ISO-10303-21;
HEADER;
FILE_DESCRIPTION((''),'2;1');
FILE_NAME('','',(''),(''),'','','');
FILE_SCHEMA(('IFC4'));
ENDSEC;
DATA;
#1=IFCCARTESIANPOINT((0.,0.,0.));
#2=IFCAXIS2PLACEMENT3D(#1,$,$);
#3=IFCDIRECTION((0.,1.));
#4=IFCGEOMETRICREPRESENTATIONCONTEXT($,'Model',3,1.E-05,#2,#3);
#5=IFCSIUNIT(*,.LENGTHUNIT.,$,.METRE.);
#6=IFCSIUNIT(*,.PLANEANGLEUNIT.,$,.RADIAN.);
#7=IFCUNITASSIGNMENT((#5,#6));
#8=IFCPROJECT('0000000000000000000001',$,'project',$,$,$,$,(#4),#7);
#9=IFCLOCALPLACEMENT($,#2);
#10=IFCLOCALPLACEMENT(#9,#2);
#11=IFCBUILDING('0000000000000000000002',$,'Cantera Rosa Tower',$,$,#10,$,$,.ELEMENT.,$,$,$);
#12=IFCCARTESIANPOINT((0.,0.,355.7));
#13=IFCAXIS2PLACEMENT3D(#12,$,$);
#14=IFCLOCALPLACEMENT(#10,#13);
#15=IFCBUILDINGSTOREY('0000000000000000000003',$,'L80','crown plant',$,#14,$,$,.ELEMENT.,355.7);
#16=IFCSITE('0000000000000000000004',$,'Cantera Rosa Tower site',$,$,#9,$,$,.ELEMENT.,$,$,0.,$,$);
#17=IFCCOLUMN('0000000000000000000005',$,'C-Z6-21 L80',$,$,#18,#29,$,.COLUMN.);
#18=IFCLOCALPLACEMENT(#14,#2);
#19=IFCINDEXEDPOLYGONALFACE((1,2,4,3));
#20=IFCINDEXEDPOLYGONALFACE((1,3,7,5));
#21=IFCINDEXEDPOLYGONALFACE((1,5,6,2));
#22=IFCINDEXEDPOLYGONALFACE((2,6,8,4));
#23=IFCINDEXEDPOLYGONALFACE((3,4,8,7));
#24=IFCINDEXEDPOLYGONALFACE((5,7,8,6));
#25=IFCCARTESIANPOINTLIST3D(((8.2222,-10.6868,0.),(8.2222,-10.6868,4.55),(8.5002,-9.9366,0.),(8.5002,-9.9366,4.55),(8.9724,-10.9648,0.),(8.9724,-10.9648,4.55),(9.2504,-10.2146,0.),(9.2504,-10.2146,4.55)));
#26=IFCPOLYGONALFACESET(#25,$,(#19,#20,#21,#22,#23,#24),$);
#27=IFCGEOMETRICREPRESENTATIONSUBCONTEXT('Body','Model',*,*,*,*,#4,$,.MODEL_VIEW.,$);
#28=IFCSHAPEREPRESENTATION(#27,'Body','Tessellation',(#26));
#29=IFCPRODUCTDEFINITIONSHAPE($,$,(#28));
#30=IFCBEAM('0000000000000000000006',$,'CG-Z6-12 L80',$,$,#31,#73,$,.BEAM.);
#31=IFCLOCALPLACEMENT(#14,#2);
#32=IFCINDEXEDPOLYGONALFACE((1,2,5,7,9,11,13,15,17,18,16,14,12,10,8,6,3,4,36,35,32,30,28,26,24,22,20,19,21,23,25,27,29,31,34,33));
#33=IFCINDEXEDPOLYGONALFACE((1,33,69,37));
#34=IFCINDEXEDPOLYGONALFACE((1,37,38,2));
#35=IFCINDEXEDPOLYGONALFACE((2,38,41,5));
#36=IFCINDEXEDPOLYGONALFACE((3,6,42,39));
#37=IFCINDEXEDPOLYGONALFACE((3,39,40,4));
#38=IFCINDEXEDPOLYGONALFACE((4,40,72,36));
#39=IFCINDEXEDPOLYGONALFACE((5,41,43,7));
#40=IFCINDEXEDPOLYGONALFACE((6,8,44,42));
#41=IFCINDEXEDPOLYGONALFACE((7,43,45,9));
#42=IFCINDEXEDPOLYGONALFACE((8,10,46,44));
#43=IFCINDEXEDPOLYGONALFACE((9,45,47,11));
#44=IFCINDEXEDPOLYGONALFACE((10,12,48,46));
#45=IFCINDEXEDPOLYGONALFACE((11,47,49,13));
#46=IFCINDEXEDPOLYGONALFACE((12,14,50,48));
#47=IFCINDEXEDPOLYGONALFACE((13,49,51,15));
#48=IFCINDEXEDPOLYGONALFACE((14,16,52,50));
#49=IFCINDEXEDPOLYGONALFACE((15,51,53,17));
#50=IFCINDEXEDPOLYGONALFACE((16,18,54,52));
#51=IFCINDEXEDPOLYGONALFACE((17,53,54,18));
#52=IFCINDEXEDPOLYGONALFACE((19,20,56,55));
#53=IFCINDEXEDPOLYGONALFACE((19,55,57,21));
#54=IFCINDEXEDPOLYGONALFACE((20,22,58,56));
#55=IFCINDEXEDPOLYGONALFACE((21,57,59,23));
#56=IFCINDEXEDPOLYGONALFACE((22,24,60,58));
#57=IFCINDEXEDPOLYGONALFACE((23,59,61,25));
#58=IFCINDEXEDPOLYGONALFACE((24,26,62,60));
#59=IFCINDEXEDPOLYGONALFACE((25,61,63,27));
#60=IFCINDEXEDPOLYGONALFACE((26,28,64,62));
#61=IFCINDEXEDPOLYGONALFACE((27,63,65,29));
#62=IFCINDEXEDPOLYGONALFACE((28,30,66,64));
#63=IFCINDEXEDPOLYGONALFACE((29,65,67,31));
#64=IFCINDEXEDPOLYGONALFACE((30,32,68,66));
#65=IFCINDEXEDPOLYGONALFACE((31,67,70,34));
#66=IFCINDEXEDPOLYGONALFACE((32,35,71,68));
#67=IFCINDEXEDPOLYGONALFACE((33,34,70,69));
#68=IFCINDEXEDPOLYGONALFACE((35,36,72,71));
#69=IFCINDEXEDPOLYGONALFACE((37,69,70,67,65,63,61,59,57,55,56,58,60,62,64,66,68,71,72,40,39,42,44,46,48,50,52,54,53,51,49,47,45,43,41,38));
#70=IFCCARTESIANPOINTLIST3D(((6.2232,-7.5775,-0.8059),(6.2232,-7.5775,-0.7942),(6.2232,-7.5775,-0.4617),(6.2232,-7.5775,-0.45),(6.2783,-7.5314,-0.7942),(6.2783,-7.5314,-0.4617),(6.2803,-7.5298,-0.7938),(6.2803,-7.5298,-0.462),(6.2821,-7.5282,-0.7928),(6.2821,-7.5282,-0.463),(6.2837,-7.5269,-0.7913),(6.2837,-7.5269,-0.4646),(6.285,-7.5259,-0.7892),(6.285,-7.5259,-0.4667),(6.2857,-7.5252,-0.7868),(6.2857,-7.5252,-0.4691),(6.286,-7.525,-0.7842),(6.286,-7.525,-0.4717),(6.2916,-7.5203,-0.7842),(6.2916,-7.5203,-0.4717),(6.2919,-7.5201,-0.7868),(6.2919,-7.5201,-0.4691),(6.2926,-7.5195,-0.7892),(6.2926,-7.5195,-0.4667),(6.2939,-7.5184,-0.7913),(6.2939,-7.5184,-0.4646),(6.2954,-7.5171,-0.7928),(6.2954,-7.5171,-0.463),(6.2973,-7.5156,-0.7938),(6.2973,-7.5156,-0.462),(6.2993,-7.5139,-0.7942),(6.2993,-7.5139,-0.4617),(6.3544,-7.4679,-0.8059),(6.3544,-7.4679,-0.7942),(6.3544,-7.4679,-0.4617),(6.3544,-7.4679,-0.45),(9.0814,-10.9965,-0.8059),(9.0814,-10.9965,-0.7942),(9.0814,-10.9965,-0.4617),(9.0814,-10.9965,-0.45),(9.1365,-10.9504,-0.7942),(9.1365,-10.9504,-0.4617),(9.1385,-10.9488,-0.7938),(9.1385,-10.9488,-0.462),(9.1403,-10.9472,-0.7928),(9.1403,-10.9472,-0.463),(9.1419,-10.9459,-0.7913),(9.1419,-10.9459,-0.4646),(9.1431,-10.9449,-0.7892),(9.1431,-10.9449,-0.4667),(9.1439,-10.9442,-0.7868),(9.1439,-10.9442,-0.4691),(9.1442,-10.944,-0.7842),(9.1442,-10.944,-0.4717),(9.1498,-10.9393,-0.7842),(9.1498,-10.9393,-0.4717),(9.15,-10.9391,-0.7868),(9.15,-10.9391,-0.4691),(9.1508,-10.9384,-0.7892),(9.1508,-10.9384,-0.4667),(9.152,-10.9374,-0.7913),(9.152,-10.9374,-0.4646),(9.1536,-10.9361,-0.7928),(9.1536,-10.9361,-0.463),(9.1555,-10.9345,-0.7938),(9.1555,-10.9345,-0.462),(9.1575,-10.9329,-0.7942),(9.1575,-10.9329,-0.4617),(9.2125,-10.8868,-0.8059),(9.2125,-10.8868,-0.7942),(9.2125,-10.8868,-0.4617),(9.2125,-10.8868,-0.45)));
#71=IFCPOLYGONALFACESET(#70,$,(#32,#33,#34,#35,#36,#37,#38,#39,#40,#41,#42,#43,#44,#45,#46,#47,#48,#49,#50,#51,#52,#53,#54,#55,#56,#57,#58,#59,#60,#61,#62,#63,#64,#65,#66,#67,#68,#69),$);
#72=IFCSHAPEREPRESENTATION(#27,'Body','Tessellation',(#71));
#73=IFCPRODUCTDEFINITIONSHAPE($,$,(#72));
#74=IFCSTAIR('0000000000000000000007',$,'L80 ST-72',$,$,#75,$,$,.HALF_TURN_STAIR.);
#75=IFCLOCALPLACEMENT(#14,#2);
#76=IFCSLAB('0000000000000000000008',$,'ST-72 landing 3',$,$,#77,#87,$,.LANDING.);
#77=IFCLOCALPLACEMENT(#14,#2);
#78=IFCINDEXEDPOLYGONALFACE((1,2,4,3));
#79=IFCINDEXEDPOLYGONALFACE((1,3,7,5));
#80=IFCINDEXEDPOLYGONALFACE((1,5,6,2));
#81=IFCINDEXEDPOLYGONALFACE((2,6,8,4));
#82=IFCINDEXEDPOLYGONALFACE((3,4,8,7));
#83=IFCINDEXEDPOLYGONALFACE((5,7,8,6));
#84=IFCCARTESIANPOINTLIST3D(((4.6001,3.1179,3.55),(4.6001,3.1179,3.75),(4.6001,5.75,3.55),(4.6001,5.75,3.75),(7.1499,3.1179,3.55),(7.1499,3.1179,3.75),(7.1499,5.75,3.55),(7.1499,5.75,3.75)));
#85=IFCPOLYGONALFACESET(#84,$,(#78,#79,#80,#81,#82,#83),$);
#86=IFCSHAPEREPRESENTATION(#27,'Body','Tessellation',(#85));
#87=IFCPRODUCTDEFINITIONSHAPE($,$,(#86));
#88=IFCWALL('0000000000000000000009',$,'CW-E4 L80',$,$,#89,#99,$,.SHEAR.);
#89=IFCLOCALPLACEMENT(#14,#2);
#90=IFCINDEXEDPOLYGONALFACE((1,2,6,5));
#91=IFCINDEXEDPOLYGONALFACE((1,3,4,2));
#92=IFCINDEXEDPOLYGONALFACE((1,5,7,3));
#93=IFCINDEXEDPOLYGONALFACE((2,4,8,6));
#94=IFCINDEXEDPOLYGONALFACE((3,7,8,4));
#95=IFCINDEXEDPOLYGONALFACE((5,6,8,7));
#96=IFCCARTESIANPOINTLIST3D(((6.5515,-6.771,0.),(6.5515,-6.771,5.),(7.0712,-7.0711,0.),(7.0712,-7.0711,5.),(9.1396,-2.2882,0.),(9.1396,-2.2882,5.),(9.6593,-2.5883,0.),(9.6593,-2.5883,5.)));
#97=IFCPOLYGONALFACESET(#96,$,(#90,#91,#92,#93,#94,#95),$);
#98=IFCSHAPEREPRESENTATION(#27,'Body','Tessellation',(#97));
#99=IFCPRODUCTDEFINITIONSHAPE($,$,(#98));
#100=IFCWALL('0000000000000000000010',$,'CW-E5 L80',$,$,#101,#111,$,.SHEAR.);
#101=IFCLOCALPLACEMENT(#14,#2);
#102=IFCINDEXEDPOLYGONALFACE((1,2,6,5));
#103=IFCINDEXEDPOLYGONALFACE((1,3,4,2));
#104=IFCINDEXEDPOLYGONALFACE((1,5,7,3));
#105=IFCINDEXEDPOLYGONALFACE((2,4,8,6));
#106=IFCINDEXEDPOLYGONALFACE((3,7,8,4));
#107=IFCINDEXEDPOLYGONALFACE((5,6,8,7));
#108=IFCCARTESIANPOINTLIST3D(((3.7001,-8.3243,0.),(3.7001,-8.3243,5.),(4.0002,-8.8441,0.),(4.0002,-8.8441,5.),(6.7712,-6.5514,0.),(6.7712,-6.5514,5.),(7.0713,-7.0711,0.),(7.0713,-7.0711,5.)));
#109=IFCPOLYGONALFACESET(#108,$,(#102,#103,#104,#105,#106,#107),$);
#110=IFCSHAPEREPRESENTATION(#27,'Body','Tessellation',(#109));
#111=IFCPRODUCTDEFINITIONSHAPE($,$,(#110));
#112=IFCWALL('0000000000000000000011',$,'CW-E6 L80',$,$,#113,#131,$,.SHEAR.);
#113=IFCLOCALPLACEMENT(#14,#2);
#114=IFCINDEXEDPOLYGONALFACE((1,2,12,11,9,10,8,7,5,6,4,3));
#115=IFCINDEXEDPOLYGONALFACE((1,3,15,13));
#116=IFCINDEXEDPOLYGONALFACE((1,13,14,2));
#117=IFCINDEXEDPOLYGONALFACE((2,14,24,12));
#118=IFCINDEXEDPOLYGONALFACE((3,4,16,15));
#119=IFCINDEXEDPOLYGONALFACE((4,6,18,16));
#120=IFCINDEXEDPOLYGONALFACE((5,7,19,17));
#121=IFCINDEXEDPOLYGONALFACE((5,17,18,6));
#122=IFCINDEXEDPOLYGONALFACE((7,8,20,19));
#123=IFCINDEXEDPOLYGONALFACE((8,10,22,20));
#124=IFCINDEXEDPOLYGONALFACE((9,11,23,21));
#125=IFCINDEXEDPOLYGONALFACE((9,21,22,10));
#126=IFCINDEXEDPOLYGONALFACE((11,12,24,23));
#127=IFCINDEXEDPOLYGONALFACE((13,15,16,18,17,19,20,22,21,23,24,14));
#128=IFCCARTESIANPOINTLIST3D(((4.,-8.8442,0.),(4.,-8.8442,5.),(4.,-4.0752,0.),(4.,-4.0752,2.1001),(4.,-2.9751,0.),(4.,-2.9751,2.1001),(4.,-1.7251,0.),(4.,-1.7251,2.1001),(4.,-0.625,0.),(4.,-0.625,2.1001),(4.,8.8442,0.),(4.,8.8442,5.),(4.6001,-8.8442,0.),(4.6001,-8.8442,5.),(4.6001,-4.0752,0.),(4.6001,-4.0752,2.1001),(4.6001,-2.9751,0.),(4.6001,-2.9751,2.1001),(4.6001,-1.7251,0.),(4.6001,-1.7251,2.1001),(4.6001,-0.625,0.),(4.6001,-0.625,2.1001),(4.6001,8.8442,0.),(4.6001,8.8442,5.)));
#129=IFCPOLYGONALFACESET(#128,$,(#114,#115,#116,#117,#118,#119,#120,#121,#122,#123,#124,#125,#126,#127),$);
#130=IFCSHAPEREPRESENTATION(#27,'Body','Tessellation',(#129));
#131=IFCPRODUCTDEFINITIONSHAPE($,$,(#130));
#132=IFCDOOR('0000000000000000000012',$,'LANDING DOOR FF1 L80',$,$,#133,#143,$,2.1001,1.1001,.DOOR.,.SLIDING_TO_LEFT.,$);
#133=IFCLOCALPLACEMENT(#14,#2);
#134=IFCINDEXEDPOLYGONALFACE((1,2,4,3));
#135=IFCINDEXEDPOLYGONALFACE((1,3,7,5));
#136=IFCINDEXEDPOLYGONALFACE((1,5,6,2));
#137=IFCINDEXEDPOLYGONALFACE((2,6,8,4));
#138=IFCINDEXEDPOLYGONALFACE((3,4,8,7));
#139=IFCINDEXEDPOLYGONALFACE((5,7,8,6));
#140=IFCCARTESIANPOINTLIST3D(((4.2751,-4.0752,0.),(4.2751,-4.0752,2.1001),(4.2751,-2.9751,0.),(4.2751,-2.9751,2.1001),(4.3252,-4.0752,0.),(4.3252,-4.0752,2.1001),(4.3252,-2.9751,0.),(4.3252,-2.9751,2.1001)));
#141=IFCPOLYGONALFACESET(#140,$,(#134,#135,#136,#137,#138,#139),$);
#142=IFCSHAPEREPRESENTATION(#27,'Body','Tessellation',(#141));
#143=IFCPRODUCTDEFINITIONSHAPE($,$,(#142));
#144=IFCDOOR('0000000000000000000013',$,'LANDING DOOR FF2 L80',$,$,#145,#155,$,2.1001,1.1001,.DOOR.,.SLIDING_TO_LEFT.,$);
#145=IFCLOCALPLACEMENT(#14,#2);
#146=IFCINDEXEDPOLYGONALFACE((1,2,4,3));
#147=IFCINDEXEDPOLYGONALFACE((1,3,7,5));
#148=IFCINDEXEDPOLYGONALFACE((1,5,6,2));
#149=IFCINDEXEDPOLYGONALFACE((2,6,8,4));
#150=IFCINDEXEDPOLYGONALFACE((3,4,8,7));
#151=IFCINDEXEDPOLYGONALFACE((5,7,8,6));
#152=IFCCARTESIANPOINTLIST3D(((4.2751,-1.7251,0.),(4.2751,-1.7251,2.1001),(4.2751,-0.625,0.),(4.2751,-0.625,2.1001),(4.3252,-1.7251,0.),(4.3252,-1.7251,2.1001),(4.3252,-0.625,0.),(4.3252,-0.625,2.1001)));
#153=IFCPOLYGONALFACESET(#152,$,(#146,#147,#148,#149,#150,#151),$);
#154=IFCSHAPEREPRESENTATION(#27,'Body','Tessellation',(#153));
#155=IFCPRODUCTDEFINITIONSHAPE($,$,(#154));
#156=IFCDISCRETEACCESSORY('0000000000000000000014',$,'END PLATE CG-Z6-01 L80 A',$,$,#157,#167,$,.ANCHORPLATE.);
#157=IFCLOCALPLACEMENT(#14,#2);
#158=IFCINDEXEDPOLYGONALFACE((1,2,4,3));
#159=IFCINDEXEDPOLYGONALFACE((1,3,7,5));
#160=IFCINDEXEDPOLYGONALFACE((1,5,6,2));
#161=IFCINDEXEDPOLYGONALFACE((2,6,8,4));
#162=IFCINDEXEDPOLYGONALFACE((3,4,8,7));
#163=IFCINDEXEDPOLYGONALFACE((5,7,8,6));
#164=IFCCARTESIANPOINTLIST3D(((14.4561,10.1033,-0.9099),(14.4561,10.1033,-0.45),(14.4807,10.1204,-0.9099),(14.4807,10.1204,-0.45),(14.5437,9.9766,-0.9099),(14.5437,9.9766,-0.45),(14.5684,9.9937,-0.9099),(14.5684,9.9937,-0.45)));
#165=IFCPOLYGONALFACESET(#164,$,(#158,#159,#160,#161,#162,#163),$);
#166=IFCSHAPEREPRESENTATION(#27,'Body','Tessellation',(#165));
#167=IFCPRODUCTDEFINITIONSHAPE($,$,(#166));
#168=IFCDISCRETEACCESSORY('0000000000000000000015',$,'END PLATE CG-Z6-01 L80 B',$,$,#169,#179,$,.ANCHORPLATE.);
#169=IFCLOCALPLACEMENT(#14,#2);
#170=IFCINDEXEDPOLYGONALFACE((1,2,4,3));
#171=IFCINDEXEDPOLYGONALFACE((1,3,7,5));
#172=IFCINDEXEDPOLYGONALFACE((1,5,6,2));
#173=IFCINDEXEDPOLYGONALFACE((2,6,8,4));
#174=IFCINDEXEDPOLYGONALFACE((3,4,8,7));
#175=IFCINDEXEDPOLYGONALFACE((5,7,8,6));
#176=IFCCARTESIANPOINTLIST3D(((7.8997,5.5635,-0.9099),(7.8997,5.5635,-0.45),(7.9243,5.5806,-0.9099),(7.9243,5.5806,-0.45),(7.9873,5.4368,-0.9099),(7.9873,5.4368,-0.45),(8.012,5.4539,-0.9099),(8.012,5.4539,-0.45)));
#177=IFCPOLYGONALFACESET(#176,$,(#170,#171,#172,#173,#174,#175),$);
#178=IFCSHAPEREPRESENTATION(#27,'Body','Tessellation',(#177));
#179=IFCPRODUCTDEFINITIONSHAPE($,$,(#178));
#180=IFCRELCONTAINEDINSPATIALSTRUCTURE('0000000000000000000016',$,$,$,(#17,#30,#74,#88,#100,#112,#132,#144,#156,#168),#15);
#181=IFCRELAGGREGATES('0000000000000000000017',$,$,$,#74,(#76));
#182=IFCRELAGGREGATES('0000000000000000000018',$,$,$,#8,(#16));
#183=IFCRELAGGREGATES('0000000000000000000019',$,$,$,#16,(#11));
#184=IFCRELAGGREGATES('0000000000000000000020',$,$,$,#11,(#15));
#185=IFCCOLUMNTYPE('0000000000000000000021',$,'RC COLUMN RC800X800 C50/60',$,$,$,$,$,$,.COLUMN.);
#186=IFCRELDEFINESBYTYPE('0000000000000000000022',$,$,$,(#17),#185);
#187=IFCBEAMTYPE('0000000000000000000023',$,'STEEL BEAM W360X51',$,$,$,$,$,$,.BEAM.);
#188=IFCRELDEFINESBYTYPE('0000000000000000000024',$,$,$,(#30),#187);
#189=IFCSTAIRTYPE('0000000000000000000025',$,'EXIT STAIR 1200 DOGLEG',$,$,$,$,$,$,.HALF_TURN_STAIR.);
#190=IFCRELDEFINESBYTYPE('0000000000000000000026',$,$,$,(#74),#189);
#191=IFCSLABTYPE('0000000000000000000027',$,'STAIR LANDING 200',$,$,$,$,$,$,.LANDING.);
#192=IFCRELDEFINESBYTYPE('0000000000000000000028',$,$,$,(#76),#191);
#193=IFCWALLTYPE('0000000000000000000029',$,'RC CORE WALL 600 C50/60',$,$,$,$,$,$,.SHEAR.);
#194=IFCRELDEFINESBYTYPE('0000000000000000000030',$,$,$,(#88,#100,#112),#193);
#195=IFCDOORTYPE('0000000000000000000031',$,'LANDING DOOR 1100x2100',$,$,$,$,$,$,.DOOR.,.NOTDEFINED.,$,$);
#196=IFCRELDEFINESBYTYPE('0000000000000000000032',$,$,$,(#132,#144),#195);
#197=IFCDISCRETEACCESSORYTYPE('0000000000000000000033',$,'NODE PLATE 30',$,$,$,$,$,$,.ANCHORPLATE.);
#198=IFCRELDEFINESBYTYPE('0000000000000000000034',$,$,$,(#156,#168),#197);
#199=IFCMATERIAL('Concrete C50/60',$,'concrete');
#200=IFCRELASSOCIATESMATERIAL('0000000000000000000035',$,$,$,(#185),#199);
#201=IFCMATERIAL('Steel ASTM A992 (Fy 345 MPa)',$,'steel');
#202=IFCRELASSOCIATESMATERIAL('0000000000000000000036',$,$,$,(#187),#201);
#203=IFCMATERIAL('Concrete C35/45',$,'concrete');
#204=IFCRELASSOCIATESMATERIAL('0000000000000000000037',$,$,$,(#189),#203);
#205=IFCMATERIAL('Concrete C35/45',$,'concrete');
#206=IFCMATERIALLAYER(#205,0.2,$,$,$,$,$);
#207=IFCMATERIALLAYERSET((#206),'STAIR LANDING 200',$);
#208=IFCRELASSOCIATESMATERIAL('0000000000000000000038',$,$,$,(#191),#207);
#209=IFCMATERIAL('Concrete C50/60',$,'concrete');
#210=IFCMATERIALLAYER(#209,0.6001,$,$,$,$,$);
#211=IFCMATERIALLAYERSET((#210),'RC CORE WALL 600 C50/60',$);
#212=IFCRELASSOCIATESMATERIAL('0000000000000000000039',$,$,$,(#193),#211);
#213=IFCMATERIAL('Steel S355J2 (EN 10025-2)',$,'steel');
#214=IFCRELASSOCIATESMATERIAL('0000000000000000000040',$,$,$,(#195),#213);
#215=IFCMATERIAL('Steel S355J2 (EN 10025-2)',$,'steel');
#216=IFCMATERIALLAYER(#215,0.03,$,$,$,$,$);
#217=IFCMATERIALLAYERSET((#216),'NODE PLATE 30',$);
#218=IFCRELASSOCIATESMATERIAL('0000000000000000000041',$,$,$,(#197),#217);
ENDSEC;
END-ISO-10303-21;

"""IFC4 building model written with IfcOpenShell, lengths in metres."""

from ifc_helpers import new_model, si_unit, direction, frame, frame_2d, origin, origin_2d, place, context, subcontext, project, spatial, polyline, rectangle, i_section, outline, extrude, material, layer, layer_set, material_profile, profile_set, type_object, element, fill, aggregate, save


model = new_model("IFC4")

# Units and contexts
model_context = context("Model", 3, precision=1e-05, world=origin(), true_north=direction((0.0, 1.0)))
body_context = subcontext(model_context, "Body", "Model", "MODEL_VIEW")
ifc_project = project(units=[si_unit("LENGTHUNIT", "METRE"), si_unit("PLANEANGLEUNIT", "RADIAN")], contexts=[model_context])

# Site, building, storey
site_placement = place(None, origin())
site = spatial("IfcSite", under=ifc_project, at=site_placement, Name="Cantera Rosa Tower site", CompositionType="ELEMENT", RefElevation=0.0)
building_placement = place(site_placement, origin())
building = spatial("IfcBuilding", under=site, at=building_placement, Name="Cantera Rosa Tower", CompositionType="ELEMENT")
storey_placement = place(building_placement, frame((0.0, 0.0, 355.7)))
storey = spatial("IfcBuildingStorey", under=building, at=storey_placement, Name="L80", Description="crown plant", CompositionType="ELEMENT", Elevation=355.7)

# Column
ifc_material_1 = material(Name="Concrete C50/60", Category="concrete")
ifc_material_profile_1 = material_profile(ifc_material_1, rectangle(XDim=0.8, YDim=0.8, at=origin_2d()), Name="RC COLUMN RC800X800 C50/60")
ifc_profile_set_1 = profile_set([ifc_material_profile_1], Name="Concrete C50/60")
column_type = type_object("IfcColumnType", Name="RC COLUMN RC800X800 C50/60", PredefinedType="COLUMN", material=ifc_profile_set_1)
column_placement = place(storey_placement, frame((8.7363, -10.4507, 0.0), z_axis=(0.0, 0.0, 1.0), x_axis=(0.347481, 0.937687, 0.0)))
element("IfcColumn", 1, at=column_placement, inside=storey, type_object=column_type, Name="C-Z6-21 L80", PredefinedType="COLUMN", context=body_context, shape_type="SweptSolid", body=[
    extrude(rectangle(XDim=0.8, YDim=0.8, at=origin_2d()), origin(), (0.0, 0.0, 1.0), 4.55),
])

# Beam
ifc_material_2 = material(Name="Steel ASTM A992 (Fy 345 MPa)", Category="steel")
ifc_material_profile_2 = material_profile(ifc_material_2, i_section(OverallWidth=0.1709, OverallDepth=0.356, WebThickness=0.0073, FlangeThickness=0.0117, FilletRadius=0.01, at=origin_2d()), Name="W360X51")
ifc_profile_set_2 = profile_set([ifc_material_profile_2], Name="Steel ASTM A992 (Fy 345 MPa)")
beam_type = type_object("IfcBeamType", Name="STEEL BEAM W360X51", PredefinedType="BEAM", material=ifc_profile_set_2)
beam_placement = place(storey_placement, frame((9.147, -10.9417, -0.6279), z_axis=(-0.64138, 0.767223, 0.0), x_axis=(-0.767223, -0.64138, 0.0)))
element("IfcBeam", 2, at=beam_placement, inside=storey, type_object=beam_type, Name="CG-Z6-12 L80", PredefinedType="BEAM", context=body_context, shape_type="SweptSolid", body=[
    extrude(i_section(OverallWidth=0.1709, OverallDepth=0.356, WebThickness=0.0073, FlangeThickness=0.0117, FilletRadius=0.01, at=origin_2d()), origin(), (0.0, 0.0, 1.0), 4.4563),
])

# Stair, slab
ifc_material_3 = material(Name="Concrete C35/45", Category="concrete")
stair_type = type_object("IfcStairType", Name="EXIT STAIR 1200 DOGLEG", PredefinedType="HALF_TURN_STAIR", material=ifc_material_3)
stair_placement = place(storey_placement, origin())
stair = element("IfcStair", 3, at=stair_placement, inside=storey, type_object=stair_type, Name="L80 ST-72", PredefinedType="HALF_TURN_STAIR")
ifc_material_4 = material(Name="Concrete C35/45", Category="concrete")
ifc_layer_1 = layer(ifc_material_4, 0.2)
ifc_layer_set_1 = layer_set([ifc_layer_1], Name="STAIR LANDING 200")
slab_type = type_object("IfcSlabType", Name="STAIR LANDING 200", PredefinedType="LANDING", material=ifc_layer_set_1)
slab_placement = place(storey_placement, frame((0.0, 0.0, 3.55)))
slab = element("IfcSlab", 4, at=slab_placement, type_object=slab_type, Name="ST-72 landing 3", PredefinedType="LANDING", context=body_context, shape_type="SweptSolid", body=[
    extrude(outline(polyline([(7.1499, 3.1179), (7.1499, 5.75), (4.6001, 5.75), (4.6001, 3.1179), (7.1499, 3.1179)])), origin(), (0.0, 0.0, 1.0), 0.2),
])
aggregate(stair, [slab])

# Walls
ifc_material_5 = material(Name="Concrete C50/60", Category="concrete")
ifc_layer_2 = layer(ifc_material_5, 0.6001)
ifc_layer_set_2 = layer_set([ifc_layer_2], Name="RC CORE WALL 600 C50/60")
wall_type = type_object("IfcWallType", Name="RC CORE WALL 600 C50/60", PredefinedType="SHEAR", material=ifc_layer_set_2)
wall_1_placement = place(storey_placement, frame((9.3994, -2.4382, 0.0), z_axis=(0.0, 0.0, 1.0), x_axis=(-0.499989, -0.866032, 0.0)))
element("IfcWall", 5, at=wall_1_placement, inside=storey, type_object=wall_type, Name="CW-E4 L80", PredefinedType="SHEAR", context=body_context, shape_type="SweptSolid", body=[
    extrude(rectangle(XDim=5.1763, YDim=0.6001, at=frame_2d((2.5881, 0.0))), origin(), (0.0, 0.0, 1.0), 5.0),
])
wall_2_placement = place(storey_placement, frame((6.9211, -6.8113, 0.0), z_axis=(0.0, 0.0, 1.0), x_axis=(-0.86604, -0.499975, 0.0)))
element("IfcWall", 6, at=wall_2_placement, inside=storey, type_object=wall_type, Name="CW-E5 L80", PredefinedType="SHEAR", context=body_context, shape_type="SweptSolid", body=[
    extrude(rectangle(XDim=3.5461, YDim=0.6001, at=frame_2d((1.7729, 0.0))), origin(), (0.0, 0.0, 1.0), 5.0),
])

# Wall, openings, doors
wall_3_placement = place(storey_placement, frame((4.3, -8.8442, 0.0), z_axis=(0.0, 0.0, 1.0), x_axis=(0.0, 1.0, 0.0)))
wall_3 = element("IfcWall", 7, at=wall_3_placement, inside=storey, type_object=wall_type, Name="CW-E6 L80", PredefinedType="SHEAR", context=body_context, shape_type="SweptSolid", body=[
    extrude(rectangle(XDim=17.6885, YDim=0.6001, at=frame_2d((8.8442, 0.0))), origin(), (0.0, 0.0, 1.0), 5.0),
])
opening_1_placement = place(wall_3_placement, frame((4.769, 0.0, 0.0)))
opening_1 = element("IfcOpeningElement", 8, at=opening_1_placement, cuts=wall_3, PredefinedType="OPENING", context=body_context, shape_type="SweptSolid", body=[
    extrude(rectangle(XDim=1.1001, YDim=2.1001, at=frame_2d((0.55, 1.05))), frame((0.0, 0.3101, 0.0), z_axis=(0.0, -1.0, 0.0), x_axis=(1.0, 0.0, 0.0)), (0.0, 0.0, 1.0), 0.6201),
])
opening_2_placement = place(wall_3_placement, frame((7.1191, 0.0, 0.0)))
opening_2 = element("IfcOpeningElement", 9, at=opening_2_placement, cuts=wall_3, PredefinedType="OPENING", context=body_context, shape_type="SweptSolid", body=[
    extrude(rectangle(XDim=1.1001, YDim=2.1001, at=frame_2d((0.55, 1.05))), frame((0.0, 0.3101, 0.0), z_axis=(0.0, -1.0, 0.0), x_axis=(1.0, 0.0, 0.0)), (0.0, 0.0, 1.0), 0.6201),
])
ifc_material_6 = material(Name="Steel S355J2 (EN 10025-2)", Category="steel")
door_type = type_object("IfcDoorType", Name="LANDING DOOR 1100x2100", OperationType="NOTDEFINED", PredefinedType="DOOR", material=ifc_material_6)
door_1_placement = place(opening_1_placement, origin())
door_1 = element("IfcDoor", 10, at=door_1_placement, inside=storey, type_object=door_type, Name="LANDING DOOR FF1 L80", OperationType="SLIDING_TO_LEFT", OverallHeight=2.1001, OverallWidth=1.1001, PredefinedType="DOOR", context=body_context, shape_type="SweptSolid", body=[
    extrude(rectangle(XDim=1.1001, YDim=2.1001, at=frame_2d((0.55, 1.05))), frame((0.0, 0.0249, 0.0), z_axis=(0.0, -1.0, 0.0), x_axis=(1.0, 0.0, 0.0)), (0.0, 0.0, 1.0), 0.05),
])
fill(opening_1, door_1)
door_2_placement = place(opening_2_placement, origin())
door_2 = element("IfcDoor", 11, at=door_2_placement, inside=storey, type_object=door_type, Name="LANDING DOOR FF2 L80", OperationType="SLIDING_TO_LEFT", OverallHeight=2.1001, OverallWidth=1.1001, PredefinedType="DOOR", context=body_context, shape_type="SweptSolid", body=[
    extrude(rectangle(XDim=1.1001, YDim=2.1001, at=frame_2d((0.55, 1.05))), frame((0.0, 0.0249, 0.0), z_axis=(0.0, -1.0, 0.0), x_axis=(1.0, 0.0, 0.0)), (0.0, 0.0, 1.0), 0.05),
])
fill(opening_2, door_2)

# Discrete accessories
ifc_material_7 = material(Name="Steel S355J2 (EN 10025-2)", Category="steel")
ifc_layer_3 = layer(ifc_material_7, 0.03)
ifc_layer_set_3 = layer_set([ifc_layer_3], Name="NODE PLATE 30")
discrete_accessory_type = type_object("IfcDiscreteAccessoryType", Name="NODE PLATE 30", PredefinedType="ANCHORPLATE", material=ifc_layer_set_3)
discrete_accessory_1_placement = place(storey_placement, frame((0.0, 0.0, -0.9099)))
element("IfcDiscreteAccessory", 12, at=discrete_accessory_1_placement, inside=storey, type_object=discrete_accessory_type, Name="END PLATE CG-Z6-01 L80 A", PredefinedType="ANCHORPLATE", context=body_context, shape_type="SweptSolid", body=[
    extrude(outline(polyline([(14.4561, 10.1033), (14.4807, 10.1204), (14.5684, 9.9937), (14.5437, 9.9766), (14.4561, 10.1033)])), origin(), (0.0, 0.0, 1.0), 0.46),
])
discrete_accessory_2_placement = place(storey_placement, frame((0.0, 0.0, -0.9099)))
element("IfcDiscreteAccessory", 13, at=discrete_accessory_2_placement, inside=storey, type_object=discrete_accessory_type, Name="END PLATE CG-Z6-01 L80 B", PredefinedType="ANCHORPLATE", context=body_context, shape_type="SweptSolid", body=[
    extrude(outline(polyline([(8.012, 5.4539), (7.9873, 5.4368), (7.8997, 5.5635), (7.9243, 5.5806), (8.012, 5.4539)])), origin(), (0.0, 0.0, 1.0), 0.46),
])

save(model, "model.ifc")
